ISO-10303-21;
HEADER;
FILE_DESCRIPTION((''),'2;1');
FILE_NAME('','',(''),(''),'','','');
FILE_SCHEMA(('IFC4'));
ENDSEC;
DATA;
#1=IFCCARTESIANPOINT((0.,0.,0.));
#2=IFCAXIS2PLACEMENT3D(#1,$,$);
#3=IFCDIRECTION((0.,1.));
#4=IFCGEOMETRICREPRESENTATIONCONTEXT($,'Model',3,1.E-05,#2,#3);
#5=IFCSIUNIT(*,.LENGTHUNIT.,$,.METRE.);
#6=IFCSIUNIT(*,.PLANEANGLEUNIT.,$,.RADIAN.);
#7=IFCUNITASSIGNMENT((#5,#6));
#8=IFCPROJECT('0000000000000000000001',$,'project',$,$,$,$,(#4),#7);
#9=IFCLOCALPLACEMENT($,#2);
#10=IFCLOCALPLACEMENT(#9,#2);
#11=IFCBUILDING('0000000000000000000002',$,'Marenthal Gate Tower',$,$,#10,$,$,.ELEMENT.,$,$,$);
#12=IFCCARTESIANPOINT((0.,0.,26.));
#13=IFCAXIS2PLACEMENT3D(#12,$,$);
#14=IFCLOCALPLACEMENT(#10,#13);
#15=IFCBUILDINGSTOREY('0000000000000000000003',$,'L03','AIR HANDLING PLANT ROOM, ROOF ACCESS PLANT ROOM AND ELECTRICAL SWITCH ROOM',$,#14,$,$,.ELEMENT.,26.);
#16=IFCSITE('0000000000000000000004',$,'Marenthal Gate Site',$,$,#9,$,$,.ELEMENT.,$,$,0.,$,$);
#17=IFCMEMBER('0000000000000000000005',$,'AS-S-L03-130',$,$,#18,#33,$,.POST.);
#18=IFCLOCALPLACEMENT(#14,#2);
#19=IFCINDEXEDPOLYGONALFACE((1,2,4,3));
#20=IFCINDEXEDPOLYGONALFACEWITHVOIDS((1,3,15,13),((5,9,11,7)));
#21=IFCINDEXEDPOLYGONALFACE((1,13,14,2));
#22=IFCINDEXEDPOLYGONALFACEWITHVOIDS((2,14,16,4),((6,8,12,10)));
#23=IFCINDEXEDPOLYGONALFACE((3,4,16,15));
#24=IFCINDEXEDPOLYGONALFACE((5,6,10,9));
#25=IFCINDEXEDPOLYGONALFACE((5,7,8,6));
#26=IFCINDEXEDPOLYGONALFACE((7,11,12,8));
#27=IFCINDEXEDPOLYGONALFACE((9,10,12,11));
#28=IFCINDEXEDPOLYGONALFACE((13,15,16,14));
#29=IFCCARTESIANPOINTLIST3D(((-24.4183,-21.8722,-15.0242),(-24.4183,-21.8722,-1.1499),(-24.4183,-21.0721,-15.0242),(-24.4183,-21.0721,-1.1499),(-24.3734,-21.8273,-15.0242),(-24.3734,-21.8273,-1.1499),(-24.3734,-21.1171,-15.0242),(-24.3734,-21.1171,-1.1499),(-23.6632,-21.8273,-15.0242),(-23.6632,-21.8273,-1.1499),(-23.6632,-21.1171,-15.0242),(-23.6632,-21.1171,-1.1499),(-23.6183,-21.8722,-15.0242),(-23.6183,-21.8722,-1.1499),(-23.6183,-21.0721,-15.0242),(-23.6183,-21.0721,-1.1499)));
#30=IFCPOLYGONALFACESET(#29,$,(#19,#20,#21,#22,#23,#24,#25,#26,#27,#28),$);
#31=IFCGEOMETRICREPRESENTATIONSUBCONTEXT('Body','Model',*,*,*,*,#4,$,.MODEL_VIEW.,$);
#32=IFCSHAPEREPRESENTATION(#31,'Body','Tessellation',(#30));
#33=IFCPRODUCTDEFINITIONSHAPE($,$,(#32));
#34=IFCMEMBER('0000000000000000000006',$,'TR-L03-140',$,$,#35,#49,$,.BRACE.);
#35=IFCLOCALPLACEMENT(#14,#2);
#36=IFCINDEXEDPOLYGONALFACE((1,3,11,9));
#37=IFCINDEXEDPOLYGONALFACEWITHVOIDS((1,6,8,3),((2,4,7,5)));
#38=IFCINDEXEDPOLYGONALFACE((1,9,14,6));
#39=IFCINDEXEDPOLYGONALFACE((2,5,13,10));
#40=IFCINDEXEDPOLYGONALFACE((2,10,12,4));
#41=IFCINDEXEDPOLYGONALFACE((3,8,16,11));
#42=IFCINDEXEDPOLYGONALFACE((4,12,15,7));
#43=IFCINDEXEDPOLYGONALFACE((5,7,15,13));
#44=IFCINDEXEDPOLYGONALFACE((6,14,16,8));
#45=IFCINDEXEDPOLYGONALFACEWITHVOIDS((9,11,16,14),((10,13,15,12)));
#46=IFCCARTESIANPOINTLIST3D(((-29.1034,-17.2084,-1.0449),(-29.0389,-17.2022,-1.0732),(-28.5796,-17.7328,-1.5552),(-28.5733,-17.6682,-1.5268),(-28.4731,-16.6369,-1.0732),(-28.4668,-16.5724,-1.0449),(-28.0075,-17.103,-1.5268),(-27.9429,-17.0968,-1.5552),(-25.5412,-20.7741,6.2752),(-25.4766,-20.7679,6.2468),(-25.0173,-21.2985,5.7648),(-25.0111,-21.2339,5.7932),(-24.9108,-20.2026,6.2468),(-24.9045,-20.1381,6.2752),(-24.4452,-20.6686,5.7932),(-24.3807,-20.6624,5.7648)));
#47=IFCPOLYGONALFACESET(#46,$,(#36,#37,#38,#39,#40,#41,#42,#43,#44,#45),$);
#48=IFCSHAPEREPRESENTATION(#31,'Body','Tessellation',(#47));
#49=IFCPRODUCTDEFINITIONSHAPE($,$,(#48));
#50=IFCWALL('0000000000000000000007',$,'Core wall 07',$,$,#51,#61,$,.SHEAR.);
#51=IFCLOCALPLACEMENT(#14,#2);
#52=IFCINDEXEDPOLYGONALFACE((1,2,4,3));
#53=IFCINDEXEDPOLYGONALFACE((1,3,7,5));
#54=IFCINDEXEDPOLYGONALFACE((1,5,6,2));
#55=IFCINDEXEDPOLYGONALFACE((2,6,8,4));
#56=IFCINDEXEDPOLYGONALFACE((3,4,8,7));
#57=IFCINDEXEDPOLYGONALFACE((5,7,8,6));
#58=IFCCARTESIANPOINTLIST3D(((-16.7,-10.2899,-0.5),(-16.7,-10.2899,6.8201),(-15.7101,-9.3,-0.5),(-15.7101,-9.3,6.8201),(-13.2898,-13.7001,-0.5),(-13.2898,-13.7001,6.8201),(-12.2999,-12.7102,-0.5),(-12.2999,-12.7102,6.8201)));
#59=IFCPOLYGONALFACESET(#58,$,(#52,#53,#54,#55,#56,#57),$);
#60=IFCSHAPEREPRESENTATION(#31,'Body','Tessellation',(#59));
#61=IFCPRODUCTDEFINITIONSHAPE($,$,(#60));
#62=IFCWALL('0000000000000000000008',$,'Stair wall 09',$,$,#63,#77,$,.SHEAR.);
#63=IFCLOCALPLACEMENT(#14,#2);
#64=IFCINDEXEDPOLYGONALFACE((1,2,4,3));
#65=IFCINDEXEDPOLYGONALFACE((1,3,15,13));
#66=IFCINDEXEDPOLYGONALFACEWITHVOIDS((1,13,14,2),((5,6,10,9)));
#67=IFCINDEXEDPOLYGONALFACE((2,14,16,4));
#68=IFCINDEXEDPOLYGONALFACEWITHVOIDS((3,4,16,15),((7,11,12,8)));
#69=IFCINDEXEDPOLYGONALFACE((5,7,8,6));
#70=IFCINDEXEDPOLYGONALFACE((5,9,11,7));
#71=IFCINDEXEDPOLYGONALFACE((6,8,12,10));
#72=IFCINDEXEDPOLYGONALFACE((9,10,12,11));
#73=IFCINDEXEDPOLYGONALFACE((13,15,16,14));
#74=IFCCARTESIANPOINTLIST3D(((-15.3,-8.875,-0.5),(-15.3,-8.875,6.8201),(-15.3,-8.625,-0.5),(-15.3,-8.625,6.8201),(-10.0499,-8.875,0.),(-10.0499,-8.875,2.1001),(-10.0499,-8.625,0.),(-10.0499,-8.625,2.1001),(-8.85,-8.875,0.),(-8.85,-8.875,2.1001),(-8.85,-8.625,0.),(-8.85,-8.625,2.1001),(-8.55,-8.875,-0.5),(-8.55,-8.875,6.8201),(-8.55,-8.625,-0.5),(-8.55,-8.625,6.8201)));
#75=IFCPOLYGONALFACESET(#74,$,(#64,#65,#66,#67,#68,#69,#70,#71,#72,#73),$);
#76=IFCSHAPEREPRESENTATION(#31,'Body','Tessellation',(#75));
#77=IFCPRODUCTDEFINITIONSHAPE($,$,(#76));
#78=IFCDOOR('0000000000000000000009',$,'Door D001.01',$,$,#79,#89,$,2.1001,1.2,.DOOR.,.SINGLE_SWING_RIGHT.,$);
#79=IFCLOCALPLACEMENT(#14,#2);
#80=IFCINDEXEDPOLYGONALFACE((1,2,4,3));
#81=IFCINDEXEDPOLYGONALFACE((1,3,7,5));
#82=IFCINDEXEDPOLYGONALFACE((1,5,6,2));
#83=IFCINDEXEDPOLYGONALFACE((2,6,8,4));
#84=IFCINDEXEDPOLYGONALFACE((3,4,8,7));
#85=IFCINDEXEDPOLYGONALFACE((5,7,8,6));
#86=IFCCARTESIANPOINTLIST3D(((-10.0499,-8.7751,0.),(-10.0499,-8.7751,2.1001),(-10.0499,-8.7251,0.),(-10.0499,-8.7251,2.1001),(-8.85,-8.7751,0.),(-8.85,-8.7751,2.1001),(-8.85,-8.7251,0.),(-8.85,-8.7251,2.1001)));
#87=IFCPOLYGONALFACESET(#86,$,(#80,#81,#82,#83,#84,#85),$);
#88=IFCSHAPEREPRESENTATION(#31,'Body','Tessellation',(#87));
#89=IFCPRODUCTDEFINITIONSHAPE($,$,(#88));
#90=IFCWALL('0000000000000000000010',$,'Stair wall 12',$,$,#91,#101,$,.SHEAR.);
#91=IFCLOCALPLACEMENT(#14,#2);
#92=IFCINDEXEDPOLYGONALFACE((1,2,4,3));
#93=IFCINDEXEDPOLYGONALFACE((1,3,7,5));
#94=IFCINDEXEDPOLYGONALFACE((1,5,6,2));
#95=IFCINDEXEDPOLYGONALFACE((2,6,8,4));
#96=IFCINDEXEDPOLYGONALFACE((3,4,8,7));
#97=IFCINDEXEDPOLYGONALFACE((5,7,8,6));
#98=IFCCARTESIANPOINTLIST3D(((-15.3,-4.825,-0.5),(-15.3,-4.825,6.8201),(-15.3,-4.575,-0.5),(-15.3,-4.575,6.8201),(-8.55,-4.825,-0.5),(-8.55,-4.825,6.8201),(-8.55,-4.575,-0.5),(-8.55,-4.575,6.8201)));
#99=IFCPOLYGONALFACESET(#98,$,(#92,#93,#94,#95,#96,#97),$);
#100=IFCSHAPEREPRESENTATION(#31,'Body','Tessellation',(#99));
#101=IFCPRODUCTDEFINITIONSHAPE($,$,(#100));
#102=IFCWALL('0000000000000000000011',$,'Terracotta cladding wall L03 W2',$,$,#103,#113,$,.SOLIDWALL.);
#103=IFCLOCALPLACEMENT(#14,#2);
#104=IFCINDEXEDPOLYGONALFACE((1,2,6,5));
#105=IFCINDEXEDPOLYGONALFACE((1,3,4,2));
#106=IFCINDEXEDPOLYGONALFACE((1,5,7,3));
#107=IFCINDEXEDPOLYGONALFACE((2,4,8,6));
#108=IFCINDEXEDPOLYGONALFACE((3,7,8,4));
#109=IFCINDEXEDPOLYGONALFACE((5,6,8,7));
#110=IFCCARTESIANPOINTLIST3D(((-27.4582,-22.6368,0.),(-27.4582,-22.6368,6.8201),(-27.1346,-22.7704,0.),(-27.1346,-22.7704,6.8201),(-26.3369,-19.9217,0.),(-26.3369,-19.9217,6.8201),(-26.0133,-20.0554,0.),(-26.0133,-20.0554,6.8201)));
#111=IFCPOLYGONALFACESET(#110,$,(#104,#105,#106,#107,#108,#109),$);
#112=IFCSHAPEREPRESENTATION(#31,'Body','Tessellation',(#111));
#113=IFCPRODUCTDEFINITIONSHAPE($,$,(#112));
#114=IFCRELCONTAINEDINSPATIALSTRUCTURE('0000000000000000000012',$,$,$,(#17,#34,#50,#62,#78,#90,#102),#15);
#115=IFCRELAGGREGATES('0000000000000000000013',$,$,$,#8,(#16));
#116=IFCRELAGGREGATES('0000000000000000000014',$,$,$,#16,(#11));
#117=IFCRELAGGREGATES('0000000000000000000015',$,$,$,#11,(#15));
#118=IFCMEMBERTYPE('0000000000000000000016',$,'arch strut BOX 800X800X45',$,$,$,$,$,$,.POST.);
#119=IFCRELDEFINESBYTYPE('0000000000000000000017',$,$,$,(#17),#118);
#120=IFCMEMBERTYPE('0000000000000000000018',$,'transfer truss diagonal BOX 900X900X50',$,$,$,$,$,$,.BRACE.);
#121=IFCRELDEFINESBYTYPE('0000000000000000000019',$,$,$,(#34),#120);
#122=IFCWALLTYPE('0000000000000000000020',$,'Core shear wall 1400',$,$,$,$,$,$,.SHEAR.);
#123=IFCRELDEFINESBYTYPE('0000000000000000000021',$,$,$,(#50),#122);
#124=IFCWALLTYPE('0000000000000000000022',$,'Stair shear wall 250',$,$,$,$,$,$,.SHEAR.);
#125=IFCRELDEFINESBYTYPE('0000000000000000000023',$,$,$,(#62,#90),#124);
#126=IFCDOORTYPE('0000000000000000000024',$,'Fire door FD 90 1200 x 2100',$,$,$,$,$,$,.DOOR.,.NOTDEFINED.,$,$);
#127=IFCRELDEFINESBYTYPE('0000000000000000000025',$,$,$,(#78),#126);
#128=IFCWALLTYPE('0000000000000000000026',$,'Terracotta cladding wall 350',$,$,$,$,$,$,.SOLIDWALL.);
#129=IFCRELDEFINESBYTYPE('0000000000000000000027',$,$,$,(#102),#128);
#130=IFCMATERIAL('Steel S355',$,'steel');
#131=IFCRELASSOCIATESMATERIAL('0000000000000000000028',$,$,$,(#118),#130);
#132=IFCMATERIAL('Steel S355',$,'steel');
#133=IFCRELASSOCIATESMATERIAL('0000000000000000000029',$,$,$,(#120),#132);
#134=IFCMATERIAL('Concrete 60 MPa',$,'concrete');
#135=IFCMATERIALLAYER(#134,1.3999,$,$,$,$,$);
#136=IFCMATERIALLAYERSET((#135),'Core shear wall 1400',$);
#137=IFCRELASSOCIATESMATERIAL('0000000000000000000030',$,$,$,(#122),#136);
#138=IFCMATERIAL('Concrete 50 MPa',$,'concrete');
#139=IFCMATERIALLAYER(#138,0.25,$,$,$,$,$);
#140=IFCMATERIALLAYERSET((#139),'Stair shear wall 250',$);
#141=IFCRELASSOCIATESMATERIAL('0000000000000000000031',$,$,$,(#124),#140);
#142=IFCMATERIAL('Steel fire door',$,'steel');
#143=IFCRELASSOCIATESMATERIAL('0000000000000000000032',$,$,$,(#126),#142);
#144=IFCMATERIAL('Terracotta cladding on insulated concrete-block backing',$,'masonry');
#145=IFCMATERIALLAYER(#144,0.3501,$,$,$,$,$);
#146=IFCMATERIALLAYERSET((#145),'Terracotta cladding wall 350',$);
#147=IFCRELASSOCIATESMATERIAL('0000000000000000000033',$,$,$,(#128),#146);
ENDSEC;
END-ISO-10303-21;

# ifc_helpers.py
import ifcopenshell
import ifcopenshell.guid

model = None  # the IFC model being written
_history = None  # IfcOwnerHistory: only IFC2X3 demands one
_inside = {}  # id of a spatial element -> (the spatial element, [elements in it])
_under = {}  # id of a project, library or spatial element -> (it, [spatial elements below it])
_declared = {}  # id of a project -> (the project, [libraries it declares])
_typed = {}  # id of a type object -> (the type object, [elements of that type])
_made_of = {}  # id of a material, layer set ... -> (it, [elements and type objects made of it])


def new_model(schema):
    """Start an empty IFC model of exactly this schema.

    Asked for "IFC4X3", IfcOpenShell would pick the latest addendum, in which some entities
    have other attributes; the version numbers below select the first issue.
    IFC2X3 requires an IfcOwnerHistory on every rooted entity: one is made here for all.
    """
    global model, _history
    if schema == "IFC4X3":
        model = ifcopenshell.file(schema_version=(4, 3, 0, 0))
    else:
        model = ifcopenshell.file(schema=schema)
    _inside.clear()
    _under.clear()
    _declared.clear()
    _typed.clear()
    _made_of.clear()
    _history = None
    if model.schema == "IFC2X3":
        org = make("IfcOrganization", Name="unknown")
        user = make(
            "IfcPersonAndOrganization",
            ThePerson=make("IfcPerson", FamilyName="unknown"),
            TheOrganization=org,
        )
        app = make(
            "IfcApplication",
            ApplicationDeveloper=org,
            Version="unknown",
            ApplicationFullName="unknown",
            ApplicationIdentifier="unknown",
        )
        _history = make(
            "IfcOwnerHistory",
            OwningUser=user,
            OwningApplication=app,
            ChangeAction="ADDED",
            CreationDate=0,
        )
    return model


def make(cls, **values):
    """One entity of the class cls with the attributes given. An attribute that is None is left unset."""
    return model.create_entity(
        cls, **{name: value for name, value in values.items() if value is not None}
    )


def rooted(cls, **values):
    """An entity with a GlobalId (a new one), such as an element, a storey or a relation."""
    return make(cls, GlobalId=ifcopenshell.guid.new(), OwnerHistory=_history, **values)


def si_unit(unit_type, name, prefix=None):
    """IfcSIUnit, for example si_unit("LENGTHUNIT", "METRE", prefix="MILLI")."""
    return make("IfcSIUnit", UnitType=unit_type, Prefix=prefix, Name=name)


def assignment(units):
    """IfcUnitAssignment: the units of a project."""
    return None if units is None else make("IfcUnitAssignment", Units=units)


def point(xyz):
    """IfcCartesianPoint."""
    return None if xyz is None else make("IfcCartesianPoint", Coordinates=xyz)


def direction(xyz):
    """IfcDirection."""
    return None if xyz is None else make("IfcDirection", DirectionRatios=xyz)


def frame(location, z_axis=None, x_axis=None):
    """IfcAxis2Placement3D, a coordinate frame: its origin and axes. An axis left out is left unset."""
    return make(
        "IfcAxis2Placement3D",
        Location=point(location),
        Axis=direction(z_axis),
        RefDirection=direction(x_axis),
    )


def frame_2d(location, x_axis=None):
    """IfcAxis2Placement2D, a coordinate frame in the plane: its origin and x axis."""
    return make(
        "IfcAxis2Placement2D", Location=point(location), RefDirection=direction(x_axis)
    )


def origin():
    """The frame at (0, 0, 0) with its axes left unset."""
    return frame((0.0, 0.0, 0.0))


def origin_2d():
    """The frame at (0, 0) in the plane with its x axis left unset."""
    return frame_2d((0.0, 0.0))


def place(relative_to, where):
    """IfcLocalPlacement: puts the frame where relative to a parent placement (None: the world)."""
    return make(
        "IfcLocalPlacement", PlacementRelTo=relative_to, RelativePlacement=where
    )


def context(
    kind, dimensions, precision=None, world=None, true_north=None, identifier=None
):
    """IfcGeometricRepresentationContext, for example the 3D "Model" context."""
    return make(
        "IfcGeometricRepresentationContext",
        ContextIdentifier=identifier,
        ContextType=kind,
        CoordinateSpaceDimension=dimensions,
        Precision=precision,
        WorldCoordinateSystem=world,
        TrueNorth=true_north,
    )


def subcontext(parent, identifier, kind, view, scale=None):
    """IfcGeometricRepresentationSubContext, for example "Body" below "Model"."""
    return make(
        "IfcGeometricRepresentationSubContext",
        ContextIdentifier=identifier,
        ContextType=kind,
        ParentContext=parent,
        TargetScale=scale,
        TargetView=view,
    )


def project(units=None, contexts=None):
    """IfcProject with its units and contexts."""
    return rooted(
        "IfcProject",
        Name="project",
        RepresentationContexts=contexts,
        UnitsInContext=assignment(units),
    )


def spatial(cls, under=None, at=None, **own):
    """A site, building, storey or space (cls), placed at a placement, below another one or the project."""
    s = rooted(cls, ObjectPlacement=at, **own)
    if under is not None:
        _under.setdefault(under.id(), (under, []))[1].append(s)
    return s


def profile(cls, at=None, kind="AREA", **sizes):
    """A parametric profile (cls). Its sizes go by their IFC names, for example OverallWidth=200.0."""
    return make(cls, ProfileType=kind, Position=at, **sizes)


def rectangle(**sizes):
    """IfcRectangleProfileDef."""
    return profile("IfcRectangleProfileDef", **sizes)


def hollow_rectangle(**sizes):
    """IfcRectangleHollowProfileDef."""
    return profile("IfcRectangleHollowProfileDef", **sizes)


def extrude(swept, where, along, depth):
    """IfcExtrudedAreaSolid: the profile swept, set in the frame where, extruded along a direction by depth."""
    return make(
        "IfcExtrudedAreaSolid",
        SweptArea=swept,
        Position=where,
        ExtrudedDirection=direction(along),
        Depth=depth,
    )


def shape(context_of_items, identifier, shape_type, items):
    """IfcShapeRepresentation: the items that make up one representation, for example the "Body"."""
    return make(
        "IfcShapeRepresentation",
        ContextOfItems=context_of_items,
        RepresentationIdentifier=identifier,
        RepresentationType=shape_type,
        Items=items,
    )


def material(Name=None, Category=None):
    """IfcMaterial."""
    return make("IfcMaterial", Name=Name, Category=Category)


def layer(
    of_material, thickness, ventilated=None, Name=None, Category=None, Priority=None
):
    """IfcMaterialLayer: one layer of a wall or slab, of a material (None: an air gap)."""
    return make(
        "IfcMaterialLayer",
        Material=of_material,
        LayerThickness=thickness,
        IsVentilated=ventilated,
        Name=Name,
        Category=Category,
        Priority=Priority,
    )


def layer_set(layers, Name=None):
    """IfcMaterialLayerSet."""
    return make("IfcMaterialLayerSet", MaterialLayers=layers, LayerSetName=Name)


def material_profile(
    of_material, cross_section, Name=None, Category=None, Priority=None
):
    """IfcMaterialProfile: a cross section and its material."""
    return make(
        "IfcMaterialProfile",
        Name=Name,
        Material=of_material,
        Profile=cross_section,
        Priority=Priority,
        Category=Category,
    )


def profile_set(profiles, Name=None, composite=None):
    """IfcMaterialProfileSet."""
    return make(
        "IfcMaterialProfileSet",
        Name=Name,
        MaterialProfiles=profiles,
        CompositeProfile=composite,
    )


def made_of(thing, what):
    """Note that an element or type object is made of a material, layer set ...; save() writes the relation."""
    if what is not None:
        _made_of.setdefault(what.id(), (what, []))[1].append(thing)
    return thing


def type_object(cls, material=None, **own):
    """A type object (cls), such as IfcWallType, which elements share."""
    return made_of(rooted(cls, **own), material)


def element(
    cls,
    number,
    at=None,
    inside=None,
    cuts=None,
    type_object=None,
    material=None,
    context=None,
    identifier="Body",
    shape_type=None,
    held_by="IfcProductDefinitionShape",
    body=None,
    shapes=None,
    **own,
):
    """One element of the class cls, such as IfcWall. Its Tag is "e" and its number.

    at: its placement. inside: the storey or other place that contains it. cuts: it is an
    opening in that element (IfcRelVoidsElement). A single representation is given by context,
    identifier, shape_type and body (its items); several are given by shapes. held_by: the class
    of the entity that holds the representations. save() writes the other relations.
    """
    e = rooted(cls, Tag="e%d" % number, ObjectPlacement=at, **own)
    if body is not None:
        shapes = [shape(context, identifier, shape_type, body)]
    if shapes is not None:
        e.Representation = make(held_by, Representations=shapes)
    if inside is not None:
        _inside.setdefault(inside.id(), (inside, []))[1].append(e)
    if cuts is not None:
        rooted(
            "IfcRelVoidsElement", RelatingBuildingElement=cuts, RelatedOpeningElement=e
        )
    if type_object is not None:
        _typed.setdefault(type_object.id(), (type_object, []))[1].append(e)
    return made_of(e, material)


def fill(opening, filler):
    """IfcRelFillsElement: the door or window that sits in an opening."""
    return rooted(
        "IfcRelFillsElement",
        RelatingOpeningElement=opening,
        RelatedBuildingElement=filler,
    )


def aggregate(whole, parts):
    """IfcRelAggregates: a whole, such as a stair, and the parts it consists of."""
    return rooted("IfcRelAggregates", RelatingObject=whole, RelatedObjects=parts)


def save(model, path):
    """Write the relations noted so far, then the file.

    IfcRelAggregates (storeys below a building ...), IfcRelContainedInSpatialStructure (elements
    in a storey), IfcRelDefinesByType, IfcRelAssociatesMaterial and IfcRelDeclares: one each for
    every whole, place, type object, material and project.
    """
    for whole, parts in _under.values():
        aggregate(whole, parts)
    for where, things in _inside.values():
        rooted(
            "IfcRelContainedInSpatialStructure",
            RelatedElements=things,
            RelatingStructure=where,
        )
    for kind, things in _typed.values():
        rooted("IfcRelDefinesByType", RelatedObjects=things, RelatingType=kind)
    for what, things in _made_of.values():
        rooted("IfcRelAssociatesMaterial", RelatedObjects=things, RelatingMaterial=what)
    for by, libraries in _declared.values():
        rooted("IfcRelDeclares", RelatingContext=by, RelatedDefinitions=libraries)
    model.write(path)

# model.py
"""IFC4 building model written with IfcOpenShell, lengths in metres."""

from ifc_helpers import new_model, si_unit, direction, frame, frame_2d, origin, origin_2d, place, context, subcontext, project, spatial, rectangle, hollow_rectangle, extrude, material, layer, layer_set, material_profile, profile_set, type_object, element, fill, save


model = new_model("IFC4")

# Units and contexts
model_context = context("Model", 3, precision=1e-05, world=origin(), true_north=direction((0.0, 1.0)))
body_context = subcontext(model_context, "Body", "Model", "MODEL_VIEW")
ifc_project = project(units=[si_unit("LENGTHUNIT", "METRE"), si_unit("PLANEANGLEUNIT", "RADIAN")], contexts=[model_context])

# Site, building, storey
site_placement = place(None, origin())
site = spatial("IfcSite", under=ifc_project, at=site_placement, Name="Marenthal Gate Site", CompositionType="ELEMENT", RefElevation=0.0)
building_placement = place(site_placement, origin())
building = spatial("IfcBuilding", under=site, at=building_placement, Name="Marenthal Gate Tower", CompositionType="ELEMENT")
storey_placement = place(building_placement, frame((0.0, 0.0, 26.0)))
storey = spatial("IfcBuildingStorey", under=building, at=storey_placement, Name="L03", Description="AIR HANDLING PLANT ROOM, ROOF ACCESS PLANT ROOM AND ELECTRICAL SWITCH ROOM", CompositionType="ELEMENT", Elevation=26.0)

# Members
ifc_material_1 = material(Name="Steel S355", Category="steel")
ifc_material_profile_1 = material_profile(ifc_material_1, hollow_rectangle(XDim=0.8, YDim=0.8, WallThickness=0.0449, at=origin_2d()), Name="BOX 800X800X45")
ifc_profile_set_1 = profile_set([ifc_material_profile_1], Name="Steel S355")
member_type_1 = type_object("IfcMemberType", Name="arch strut BOX 800X800X45", PredefinedType="POST", material=ifc_profile_set_1)
member_1_placement = place(storey_placement, frame((-24.0183, -21.4722, -15.0242), z_axis=(0.0, 0.0, 1.0), x_axis=(1.0, 0.0, 0.0)))
element("IfcMember", 1, at=member_1_placement, inside=storey, type_object=member_type_1, Name="AS-S-L03-130", PredefinedType="POST", context=body_context, shape_type="SweptSolid", body=[
    extrude(hollow_rectangle(XDim=0.8, YDim=0.8, WallThickness=0.0449, at=origin_2d()), origin(), (0.0, 0.0, 1.0), 13.8743),
])
ifc_material_2 = material(Name="Steel S355", Category="steel")
ifc_material_profile_2 = material_profile(ifc_material_2, hollow_rectangle(XDim=0.8999, YDim=0.8999, WallThickness=0.05, at=origin_2d()), Name="BOX 900X900X50")
ifc_profile_set_2 = profile_set([ifc_material_profile_2], Name="Steel S355")
member_type_2 = type_object("IfcMemberType", Name="transfer truss diagonal BOX 900X900X50", PredefinedType="BRACE", material=ifc_profile_set_2)
member_2_placement = place(storey_placement, frame((-24.9609, -20.7183, 6.02), z_axis=(-0.400818, 0.401202, -0.823639), x_axis=(-0.707446, -0.706768, 0.0)))
element("IfcMember", 2, at=member_2_placement, inside=storey, type_object=member_type_2, Name="TR-L03-140", PredefinedType="BRACE", context=body_context, shape_type="SweptSolid", body=[
    extrude(hollow_rectangle(XDim=0.8999, YDim=0.8999, WallThickness=0.05, at=origin_2d()), origin(), (0.0, 0.0, 1.0), 8.8875),
])

# Wall
ifc_material_3 = material(Name="Concrete 60 MPa", Category="concrete")
ifc_layer_1 = layer(ifc_material_3, 1.3999)
ifc_layer_set_1 = layer_set([ifc_layer_1], Name="Core shear wall 1400")
wall_type_1 = type_object("IfcWallType", Name="Core shear wall 1400", PredefinedType="SHEAR", material=ifc_layer_set_1)
wall_1_placement = place(storey_placement, frame((-16.2051, -9.7949, -0.5), z_axis=(0.0, 0.0, 1.0), x_axis=(0.707107, -0.707107, 0.0)))
element("IfcWall", 3, at=wall_1_placement, inside=storey, type_object=wall_type_1, Name="Core wall 07", PredefinedType="SHEAR", context=body_context, shape_type="SweptSolid", body=[
    extrude(rectangle(XDim=4.8228, YDim=1.3999, at=frame_2d((2.4114, 0.0))), origin(), (0.0, 0.0, 1.0), 7.3201),
])

# Wall, opening, door
ifc_material_4 = material(Name="Concrete 50 MPa", Category="concrete")
ifc_layer_2 = layer(ifc_material_4, 0.25)
ifc_layer_set_2 = layer_set([ifc_layer_2], Name="Stair shear wall 250")
wall_type_2 = type_object("IfcWallType", Name="Stair shear wall 250", PredefinedType="SHEAR", material=ifc_layer_set_2)
wall_2_placement = place(storey_placement, frame((-15.3, -8.75, -0.5), z_axis=(0.0, 0.0, 1.0), x_axis=(1.0, 0.0, 0.0)))
wall_2 = element("IfcWall", 4, at=wall_2_placement, inside=storey, type_object=wall_type_2, Name="Stair wall 09", PredefinedType="SHEAR", context=body_context, shape_type="SweptSolid", body=[
    extrude(rectangle(XDim=6.75, YDim=0.25, at=frame_2d((3.375, 0.0))), origin(), (0.0, 0.0, 1.0), 7.3201),
])
opening_1_placement = place(wall_2_placement, frame((5.25, 0.0, 0.5)))
opening_1 = element("IfcOpeningElement", 5, at=opening_1_placement, cuts=wall_2, PredefinedType="OPENING", context=body_context, shape_type="SweptSolid", body=[
    extrude(rectangle(XDim=1.2, YDim=2.1001, at=frame_2d((0.6001, 1.05))), frame((0.0, 0.135, 0.0), z_axis=(0.0, -1.0, 0.0), x_axis=(1.0, 0.0, 0.0)), (0.0, 0.0, 1.0), 0.27),
])
ifc_material_5 = material(Name="Steel fire door", Category="steel")
door_type = type_object("IfcDoorType", Name="Fire door FD 90 1200 x 2100", OperationType="NOTDEFINED", PredefinedType="DOOR", material=ifc_material_5)
door_placement = place(opening_1_placement, origin())
door = element("IfcDoor", 6, at=door_placement, inside=storey, type_object=door_type, Name="Door D001.01", OperationType="SINGLE_SWING_RIGHT", OverallHeight=2.1001, OverallWidth=1.2, PredefinedType="DOOR", context=body_context, shape_type="SweptSolid", body=[
    extrude(rectangle(XDim=1.2, YDim=2.1001, at=frame_2d((0.6001, 1.05))), frame((0.0, 0.0249, 0.0), z_axis=(0.0, -1.0, 0.0), x_axis=(1.0, 0.0, 0.0)), (0.0, 0.0, 1.0), 0.05),
])
fill(opening_1, door)

# Walls
wall_3_placement = place(storey_placement, frame((-15.3, -4.7, -0.5), z_axis=(0.0, 0.0, 1.0), x_axis=(1.0, 0.0, 0.0)))
element("IfcWall", 7, at=wall_3_placement, inside=storey, type_object=wall_type_2, Name="Stair wall 12", PredefinedType="SHEAR", context=body_context, shape_type="SweptSolid", body=[
    extrude(rectangle(XDim=6.75, YDim=0.25, at=frame_2d((3.375, 0.0))), origin(), (0.0, 0.0, 1.0), 7.3201),
])
ifc_material_6 = material(Name="Terracotta cladding on insulated concrete-block backing", Category="masonry")
ifc_layer_3 = layer(ifc_material_6, 0.3501)
ifc_layer_set_3 = layer_set([ifc_layer_3], Name="Terracotta cladding wall 350")
wall_type_3 = type_object("IfcWallType", Name="Terracotta cladding wall 350", PredefinedType="SOLIDWALL", material=ifc_layer_set_3)
wall_4_placement = place(storey_placement, frame((-27.2964, -22.7036, 0.0), z_axis=(0.0, 0.0, 1.0), x_axis=(0.381728, 0.924275, 0.0)))
element("IfcWall", 8, at=wall_4_placement, inside=storey, type_object=wall_type_3, Name="Terracotta cladding wall L03 W2", PredefinedType="SOLIDWALL", context=body_context, shape_type="SweptSolid", body=[
    extrude(rectangle(XDim=2.9375, YDim=0.3501, at=frame_2d((1.4688, 0.0))), origin(), (0.0, 0.0, 1.0), 6.8201),
])

save(model, "model.ifc")
